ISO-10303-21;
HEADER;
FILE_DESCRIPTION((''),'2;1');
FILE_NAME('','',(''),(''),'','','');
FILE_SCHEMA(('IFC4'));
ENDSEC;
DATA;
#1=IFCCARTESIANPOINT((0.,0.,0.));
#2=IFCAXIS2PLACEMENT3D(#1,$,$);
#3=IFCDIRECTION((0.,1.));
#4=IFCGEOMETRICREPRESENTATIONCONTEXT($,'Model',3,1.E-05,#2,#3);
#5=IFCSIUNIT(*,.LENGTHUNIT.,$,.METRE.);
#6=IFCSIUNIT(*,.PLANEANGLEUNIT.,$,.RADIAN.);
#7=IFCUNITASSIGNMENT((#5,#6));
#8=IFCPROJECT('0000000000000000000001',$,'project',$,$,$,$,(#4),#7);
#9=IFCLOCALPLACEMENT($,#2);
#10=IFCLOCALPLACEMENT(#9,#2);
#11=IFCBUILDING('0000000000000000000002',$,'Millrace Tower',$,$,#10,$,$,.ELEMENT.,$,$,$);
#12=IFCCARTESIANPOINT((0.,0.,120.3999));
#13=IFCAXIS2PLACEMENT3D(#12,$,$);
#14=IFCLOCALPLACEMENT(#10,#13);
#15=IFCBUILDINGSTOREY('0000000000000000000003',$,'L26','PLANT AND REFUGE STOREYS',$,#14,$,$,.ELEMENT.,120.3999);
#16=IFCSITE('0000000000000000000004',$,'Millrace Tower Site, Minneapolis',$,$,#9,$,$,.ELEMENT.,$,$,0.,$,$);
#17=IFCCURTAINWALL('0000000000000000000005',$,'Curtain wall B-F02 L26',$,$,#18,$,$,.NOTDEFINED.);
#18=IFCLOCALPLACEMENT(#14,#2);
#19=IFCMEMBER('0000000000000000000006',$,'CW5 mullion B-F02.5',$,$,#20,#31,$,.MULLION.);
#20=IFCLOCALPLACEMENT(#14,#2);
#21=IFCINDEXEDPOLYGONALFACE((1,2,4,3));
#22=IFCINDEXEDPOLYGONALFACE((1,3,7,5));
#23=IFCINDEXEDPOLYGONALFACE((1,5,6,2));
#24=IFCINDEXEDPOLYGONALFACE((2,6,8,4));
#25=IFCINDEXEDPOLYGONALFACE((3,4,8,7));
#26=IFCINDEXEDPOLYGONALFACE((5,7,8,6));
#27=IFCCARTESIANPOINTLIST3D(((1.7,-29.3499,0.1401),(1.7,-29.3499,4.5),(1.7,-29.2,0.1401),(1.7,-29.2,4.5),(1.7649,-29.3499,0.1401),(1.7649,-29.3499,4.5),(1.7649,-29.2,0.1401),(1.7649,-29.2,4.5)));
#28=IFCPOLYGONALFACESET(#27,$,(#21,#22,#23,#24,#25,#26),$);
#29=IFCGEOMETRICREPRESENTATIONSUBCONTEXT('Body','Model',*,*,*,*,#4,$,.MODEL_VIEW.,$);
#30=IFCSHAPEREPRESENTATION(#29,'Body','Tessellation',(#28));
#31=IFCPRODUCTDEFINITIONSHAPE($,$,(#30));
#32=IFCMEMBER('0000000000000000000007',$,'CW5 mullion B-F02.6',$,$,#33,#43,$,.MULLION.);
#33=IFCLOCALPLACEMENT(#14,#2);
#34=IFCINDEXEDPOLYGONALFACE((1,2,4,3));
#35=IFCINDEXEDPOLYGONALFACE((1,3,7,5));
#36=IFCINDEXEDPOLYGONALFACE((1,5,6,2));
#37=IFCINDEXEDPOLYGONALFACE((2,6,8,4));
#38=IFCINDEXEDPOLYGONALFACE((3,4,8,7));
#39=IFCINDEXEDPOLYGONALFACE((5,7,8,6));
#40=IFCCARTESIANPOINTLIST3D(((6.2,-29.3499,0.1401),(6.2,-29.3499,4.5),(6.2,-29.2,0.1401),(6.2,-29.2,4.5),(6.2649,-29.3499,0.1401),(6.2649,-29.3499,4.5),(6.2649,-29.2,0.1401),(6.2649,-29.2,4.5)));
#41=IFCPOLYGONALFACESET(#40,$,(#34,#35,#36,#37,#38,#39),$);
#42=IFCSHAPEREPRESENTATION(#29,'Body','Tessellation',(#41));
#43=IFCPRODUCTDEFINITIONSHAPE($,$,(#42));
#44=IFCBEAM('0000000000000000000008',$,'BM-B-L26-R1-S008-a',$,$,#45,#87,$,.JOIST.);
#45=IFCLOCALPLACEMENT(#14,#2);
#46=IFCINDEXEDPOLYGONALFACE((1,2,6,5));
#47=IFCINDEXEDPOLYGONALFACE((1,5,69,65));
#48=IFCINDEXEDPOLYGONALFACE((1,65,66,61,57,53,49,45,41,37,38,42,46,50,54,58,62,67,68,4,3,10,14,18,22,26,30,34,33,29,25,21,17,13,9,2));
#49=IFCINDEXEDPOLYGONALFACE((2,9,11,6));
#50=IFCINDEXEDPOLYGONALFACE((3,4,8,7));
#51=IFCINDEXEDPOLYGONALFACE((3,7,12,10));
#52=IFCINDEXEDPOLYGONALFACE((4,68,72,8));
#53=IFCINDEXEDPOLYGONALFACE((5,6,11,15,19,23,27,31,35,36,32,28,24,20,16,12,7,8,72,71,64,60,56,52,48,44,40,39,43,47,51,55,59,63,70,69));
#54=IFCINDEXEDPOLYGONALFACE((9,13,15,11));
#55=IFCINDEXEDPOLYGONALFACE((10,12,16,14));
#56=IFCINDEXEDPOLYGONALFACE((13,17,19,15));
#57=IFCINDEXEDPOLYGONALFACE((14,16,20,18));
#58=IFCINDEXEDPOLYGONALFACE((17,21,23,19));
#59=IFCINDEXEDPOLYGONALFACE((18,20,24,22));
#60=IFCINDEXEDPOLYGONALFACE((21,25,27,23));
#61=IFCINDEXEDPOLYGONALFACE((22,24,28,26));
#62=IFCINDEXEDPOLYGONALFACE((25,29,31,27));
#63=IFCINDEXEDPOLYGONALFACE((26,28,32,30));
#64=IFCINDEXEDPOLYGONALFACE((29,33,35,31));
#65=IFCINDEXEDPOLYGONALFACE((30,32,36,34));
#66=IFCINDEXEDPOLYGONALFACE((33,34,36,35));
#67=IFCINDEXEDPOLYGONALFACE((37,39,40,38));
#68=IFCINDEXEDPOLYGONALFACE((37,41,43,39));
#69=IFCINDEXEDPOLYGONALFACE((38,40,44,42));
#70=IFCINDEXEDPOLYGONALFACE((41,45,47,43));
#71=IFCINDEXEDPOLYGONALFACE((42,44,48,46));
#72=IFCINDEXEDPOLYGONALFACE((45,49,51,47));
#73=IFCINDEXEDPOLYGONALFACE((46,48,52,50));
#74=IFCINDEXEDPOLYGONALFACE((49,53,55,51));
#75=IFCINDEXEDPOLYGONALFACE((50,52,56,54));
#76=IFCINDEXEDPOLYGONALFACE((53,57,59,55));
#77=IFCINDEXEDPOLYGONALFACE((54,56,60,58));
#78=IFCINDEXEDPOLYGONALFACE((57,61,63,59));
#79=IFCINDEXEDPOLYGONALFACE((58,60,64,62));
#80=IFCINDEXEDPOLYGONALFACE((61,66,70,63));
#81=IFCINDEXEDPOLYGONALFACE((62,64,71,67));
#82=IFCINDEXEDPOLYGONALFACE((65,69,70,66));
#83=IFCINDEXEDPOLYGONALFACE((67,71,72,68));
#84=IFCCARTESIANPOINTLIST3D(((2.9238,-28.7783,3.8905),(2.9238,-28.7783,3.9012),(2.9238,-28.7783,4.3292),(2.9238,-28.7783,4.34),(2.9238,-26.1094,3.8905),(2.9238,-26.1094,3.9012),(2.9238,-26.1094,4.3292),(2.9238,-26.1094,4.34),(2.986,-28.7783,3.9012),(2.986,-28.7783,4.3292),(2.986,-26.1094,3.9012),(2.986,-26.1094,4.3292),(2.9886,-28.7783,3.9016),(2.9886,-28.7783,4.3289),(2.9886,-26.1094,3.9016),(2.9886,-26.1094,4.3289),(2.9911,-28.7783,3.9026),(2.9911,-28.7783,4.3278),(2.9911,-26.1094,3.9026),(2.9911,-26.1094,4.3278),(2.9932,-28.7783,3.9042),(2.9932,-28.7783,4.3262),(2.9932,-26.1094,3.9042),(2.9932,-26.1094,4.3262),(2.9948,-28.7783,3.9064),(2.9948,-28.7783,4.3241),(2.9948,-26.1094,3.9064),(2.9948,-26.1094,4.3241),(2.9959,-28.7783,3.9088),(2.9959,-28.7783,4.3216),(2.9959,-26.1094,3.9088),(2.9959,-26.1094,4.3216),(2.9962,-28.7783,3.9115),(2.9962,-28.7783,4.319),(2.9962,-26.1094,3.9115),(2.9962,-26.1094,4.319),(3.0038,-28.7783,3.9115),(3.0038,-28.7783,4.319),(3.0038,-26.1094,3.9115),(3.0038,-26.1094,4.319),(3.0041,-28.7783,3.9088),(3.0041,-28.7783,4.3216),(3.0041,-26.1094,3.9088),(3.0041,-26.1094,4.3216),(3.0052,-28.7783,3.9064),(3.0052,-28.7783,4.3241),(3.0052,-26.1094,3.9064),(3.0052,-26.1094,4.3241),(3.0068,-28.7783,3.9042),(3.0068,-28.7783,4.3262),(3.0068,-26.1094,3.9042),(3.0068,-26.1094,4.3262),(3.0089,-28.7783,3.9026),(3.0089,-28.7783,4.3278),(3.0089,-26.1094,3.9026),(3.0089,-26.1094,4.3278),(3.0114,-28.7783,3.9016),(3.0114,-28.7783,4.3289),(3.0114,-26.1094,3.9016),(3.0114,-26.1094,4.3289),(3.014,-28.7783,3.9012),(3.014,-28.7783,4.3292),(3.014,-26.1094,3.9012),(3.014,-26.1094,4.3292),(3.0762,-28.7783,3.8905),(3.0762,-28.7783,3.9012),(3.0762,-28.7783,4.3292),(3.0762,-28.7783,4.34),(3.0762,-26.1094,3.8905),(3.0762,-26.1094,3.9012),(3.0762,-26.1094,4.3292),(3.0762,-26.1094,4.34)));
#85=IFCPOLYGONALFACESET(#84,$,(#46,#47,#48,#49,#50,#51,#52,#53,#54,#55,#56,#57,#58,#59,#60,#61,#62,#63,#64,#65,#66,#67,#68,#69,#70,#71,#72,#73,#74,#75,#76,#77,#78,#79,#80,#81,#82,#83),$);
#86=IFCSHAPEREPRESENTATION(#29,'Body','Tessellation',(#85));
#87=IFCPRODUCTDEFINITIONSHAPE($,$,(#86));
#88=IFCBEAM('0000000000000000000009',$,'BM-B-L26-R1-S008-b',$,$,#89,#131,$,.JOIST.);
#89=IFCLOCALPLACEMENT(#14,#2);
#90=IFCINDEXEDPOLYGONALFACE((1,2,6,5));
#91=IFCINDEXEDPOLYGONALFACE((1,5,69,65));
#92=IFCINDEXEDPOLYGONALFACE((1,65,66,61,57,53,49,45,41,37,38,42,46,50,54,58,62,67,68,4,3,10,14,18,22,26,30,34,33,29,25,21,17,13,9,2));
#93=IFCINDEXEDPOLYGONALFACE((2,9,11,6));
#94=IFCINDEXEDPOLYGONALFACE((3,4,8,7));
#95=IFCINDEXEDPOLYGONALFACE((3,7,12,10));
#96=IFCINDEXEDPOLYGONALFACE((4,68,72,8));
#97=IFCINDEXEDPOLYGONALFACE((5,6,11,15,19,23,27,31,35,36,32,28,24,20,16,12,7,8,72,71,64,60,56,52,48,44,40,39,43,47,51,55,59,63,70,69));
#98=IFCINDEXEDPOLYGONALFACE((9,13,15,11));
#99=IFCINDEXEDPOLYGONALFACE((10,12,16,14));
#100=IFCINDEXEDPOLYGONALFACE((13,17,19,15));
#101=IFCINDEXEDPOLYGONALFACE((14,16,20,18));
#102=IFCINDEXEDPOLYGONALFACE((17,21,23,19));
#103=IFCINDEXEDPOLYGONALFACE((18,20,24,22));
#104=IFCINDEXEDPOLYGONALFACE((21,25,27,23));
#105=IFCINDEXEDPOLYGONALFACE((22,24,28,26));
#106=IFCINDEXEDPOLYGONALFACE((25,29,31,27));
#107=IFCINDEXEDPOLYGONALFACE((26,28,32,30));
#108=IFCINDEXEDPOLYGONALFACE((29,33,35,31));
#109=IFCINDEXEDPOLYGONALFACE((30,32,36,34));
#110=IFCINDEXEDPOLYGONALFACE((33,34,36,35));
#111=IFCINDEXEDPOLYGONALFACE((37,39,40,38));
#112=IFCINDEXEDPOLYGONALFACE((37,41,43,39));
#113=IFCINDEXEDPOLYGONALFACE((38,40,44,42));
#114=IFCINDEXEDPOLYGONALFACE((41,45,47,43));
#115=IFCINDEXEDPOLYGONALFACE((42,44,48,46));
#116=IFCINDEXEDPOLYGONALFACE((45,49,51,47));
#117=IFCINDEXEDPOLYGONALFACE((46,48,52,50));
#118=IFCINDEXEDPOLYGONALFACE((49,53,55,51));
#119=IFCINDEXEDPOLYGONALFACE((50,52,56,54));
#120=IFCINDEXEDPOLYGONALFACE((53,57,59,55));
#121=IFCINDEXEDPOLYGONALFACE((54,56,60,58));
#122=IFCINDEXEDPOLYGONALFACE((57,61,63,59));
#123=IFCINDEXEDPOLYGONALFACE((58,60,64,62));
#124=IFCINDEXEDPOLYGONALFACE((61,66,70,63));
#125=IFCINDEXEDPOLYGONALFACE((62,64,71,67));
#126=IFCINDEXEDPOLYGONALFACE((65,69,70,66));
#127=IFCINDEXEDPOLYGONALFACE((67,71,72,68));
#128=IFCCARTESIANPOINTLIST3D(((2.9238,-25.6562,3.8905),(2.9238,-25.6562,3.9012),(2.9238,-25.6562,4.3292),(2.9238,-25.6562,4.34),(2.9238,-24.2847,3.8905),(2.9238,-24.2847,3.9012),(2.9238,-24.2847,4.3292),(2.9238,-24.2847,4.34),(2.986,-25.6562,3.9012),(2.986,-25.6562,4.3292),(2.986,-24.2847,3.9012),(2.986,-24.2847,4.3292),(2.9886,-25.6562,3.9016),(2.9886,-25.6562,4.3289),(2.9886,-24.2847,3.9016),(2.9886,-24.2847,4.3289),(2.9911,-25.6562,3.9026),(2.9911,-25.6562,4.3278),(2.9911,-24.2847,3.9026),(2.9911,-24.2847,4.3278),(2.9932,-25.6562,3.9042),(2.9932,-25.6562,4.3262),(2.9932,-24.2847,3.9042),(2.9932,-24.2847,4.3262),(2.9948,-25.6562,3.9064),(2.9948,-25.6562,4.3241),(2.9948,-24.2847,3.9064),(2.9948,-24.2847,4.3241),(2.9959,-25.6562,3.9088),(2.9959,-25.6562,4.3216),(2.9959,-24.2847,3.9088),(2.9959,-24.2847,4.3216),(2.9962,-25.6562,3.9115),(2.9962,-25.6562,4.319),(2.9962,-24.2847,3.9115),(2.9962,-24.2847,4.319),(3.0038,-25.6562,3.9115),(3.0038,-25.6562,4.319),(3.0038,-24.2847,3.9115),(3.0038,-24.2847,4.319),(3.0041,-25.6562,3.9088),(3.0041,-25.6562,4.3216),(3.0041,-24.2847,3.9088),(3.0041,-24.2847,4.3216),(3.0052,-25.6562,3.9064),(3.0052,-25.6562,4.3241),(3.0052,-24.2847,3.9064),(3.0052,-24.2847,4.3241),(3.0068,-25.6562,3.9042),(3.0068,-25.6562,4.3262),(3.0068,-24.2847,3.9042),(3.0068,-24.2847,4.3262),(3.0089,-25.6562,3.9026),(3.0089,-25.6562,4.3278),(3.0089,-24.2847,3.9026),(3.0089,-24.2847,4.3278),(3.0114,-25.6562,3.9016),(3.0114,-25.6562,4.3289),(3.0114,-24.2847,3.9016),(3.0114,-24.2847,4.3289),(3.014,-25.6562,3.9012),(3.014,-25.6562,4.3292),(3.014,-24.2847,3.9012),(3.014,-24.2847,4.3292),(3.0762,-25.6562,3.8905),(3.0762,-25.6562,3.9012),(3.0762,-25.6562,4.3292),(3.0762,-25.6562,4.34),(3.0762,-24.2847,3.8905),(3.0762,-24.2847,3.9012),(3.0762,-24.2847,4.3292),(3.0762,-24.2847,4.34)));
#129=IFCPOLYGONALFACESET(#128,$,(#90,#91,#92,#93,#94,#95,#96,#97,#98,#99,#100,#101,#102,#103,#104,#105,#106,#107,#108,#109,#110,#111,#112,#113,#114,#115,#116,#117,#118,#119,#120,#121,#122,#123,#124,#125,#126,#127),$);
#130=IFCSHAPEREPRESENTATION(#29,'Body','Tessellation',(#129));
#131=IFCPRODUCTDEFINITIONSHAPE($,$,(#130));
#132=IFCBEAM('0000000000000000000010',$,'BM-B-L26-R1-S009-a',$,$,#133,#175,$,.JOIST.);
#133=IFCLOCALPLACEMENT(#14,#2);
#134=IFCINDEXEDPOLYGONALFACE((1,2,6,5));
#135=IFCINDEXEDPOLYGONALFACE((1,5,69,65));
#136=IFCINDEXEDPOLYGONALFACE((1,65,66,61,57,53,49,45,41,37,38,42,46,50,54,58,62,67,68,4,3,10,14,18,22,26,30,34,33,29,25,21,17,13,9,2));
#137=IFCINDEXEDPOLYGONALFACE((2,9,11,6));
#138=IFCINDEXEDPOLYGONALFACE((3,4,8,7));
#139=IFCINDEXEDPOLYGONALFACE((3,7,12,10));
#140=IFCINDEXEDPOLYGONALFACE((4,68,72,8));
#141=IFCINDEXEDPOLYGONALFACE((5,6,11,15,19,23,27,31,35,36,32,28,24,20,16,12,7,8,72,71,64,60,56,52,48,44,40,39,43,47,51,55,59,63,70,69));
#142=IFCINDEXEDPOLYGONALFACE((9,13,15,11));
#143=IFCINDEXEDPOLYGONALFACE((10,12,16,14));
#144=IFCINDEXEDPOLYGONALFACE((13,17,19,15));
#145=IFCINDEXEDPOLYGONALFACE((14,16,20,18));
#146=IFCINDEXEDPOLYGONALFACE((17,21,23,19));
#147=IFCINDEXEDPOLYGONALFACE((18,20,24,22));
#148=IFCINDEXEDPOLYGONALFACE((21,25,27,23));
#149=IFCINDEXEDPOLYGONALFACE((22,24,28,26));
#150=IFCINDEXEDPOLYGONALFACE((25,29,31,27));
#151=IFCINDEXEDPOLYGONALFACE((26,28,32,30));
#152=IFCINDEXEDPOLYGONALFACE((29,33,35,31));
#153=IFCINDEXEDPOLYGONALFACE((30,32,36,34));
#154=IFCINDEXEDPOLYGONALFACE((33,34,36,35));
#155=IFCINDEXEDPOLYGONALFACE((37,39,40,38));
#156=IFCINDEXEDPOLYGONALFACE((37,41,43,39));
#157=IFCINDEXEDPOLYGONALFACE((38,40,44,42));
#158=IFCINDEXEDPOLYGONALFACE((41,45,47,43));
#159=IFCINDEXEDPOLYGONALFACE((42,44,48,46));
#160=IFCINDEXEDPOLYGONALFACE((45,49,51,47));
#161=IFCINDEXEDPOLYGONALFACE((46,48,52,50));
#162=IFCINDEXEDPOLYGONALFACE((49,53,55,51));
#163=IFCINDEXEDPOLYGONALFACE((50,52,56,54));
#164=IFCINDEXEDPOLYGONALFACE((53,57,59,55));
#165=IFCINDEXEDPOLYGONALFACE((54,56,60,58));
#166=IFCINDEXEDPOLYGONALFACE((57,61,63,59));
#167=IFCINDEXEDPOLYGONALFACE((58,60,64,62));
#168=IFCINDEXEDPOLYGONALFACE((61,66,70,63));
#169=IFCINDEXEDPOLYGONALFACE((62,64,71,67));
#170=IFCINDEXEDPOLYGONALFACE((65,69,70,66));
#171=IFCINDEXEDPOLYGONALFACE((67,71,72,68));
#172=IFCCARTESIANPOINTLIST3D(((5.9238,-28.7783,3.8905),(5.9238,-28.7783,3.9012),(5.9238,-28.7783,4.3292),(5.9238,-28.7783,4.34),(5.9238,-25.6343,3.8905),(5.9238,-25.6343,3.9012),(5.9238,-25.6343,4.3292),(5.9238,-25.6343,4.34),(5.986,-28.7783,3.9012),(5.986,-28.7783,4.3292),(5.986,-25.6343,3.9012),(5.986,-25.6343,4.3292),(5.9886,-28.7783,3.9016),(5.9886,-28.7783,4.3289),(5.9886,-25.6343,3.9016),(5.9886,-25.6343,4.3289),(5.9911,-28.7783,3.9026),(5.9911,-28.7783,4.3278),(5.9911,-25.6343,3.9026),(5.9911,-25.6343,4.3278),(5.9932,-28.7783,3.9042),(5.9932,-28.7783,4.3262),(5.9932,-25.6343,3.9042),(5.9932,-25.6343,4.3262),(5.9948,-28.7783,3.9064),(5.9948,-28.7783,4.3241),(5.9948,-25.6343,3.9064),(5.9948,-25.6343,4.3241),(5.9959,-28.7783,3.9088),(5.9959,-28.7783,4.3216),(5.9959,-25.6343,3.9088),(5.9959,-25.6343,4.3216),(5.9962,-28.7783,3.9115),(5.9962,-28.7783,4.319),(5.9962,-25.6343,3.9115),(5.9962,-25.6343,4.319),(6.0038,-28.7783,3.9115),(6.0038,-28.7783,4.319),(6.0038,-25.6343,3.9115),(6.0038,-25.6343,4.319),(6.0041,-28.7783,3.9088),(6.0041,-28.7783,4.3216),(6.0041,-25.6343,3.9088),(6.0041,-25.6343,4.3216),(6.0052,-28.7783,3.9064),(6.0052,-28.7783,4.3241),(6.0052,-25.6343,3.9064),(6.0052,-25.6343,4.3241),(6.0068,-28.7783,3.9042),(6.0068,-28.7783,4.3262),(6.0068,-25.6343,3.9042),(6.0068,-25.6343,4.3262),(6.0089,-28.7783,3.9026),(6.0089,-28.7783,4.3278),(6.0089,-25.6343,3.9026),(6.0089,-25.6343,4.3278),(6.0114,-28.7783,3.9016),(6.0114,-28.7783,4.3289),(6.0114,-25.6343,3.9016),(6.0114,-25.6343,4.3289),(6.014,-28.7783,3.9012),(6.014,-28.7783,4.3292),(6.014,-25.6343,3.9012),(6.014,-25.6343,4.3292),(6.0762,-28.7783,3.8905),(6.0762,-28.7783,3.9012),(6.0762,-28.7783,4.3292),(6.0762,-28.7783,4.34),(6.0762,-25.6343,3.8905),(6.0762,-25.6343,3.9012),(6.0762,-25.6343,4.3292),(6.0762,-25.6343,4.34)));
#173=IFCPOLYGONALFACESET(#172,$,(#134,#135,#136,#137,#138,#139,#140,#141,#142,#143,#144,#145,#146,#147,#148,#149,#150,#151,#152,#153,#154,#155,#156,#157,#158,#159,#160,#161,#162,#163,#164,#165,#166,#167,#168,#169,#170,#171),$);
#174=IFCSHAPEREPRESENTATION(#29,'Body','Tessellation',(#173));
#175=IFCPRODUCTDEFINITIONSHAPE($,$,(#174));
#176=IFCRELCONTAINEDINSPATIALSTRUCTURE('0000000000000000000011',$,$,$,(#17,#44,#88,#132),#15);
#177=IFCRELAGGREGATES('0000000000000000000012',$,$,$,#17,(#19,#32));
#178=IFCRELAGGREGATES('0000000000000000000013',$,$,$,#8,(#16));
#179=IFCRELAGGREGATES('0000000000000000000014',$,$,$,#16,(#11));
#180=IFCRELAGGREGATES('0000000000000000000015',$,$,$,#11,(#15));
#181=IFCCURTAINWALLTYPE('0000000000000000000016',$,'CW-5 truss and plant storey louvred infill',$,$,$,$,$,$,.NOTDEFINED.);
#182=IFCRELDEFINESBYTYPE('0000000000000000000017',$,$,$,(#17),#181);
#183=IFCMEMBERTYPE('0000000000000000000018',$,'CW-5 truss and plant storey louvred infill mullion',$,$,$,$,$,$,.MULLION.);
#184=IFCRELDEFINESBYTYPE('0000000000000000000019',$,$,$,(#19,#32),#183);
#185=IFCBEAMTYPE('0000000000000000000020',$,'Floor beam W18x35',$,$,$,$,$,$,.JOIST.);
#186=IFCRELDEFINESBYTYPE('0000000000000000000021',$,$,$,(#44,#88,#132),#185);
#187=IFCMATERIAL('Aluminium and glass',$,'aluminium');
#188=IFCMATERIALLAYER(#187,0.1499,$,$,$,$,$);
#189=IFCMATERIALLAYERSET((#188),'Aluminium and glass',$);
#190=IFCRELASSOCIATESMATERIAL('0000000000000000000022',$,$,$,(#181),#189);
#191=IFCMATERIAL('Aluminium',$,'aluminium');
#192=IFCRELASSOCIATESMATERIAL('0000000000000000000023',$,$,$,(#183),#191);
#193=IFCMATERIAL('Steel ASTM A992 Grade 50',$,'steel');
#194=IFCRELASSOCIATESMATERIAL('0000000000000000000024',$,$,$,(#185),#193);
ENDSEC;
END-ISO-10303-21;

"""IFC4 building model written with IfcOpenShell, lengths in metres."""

from ifc_helpers import new_model, si_unit, direction, frame, origin, origin_2d, place, context, subcontext, project, spatial, rectangle, i_section, extrude, material, layer, layer_set, material_profile, profile_set, type_object, element, aggregate, save


model = new_model("IFC4")

# Units and contexts
model_context = context("Model", 3, precision=1e-05, world=origin(), true_north=direction((0.0, 1.0)))
body_context = subcontext(model_context, "Body", "Model", "MODEL_VIEW")
ifc_project = project(units=[si_unit("LENGTHUNIT", "METRE"), si_unit("PLANEANGLEUNIT", "RADIAN")], contexts=[model_context])

# Site, building, storey
site_placement = place(None, origin())
site = spatial("IfcSite", under=ifc_project, at=site_placement, Name="Millrace Tower Site, Minneapolis", CompositionType="ELEMENT", RefElevation=0.0)
building_placement = place(site_placement, origin())
building = spatial("IfcBuilding", under=site, at=building_placement, Name="Millrace Tower", CompositionType="ELEMENT")
storey_placement = place(building_placement, frame((0.0, 0.0, 120.3999)))
storey = spatial("IfcBuildingStorey", under=building, at=storey_placement, Name="L26", Description="PLANT AND REFUGE STOREYS", CompositionType="ELEMENT", Elevation=120.3999)

# Curtain wall, members
ifc_material_1 = material(Name="Aluminium and glass", Category="aluminium")
ifc_layer_1 = layer(ifc_material_1, 0.1499)
ifc_layer_set_1 = layer_set([ifc_layer_1], Name="Aluminium and glass")
curtain_wall_type = type_object("IfcCurtainWallType", Name="CW-5 truss and plant storey louvred infill", PredefinedType="NOTDEFINED", material=ifc_layer_set_1)
curtain_wall_placement = place(storey_placement, origin())
curtain_wall = element("IfcCurtainWall", 1, at=curtain_wall_placement, inside=storey, type_object=curtain_wall_type, Name="Curtain wall B-F02 L26", PredefinedType="NOTDEFINED")
ifc_material_2 = material(Name="Aluminium", Category="aluminium")
ifc_material_profile_1 = material_profile(ifc_material_2, rectangle(XDim=0.0649, YDim=0.1499, at=origin_2d()))
ifc_profile_set_1 = profile_set([ifc_material_profile_1], Name="Aluminium")
member_type_1 = type_object("IfcMemberType", Name="CW-5 truss and plant storey louvred infill mullion", PredefinedType="MULLION", material=ifc_profile_set_1)
member_1_placement = place(storey_placement, frame((1.7324, -29.2749, 0.1401), z_axis=(0.0, 0.0, 1.0), x_axis=(1.0, 0.0, 0.0)))
member_1 = element("IfcMember", 2, at=member_1_placement, type_object=member_type_1, Name="CW5 mullion B-F02.5", PredefinedType="MULLION", context=body_context, shape_type="SweptSolid", body=[
    extrude(rectangle(XDim=0.0649, YDim=0.1499, at=origin_2d()), origin(), (0.0, 0.0, 1.0), 4.3599),
])
member_2_placement = place(storey_placement, frame((6.2324, -29.2749, 0.1401), z_axis=(0.0, 0.0, 1.0), x_axis=(1.0, 0.0, 0.0)))
member_2 = element("IfcMember", 3, at=member_2_placement, type_object=member_type_1, Name="CW5 mullion B-F02.6", PredefinedType="MULLION", context=body_context, shape_type="SweptSolid", body=[
    extrude(rectangle(XDim=0.0649, YDim=0.1499, at=origin_2d()), origin(), (0.0, 0.0, 1.0), 4.3599),
])
aggregate(curtain_wall, [member_1, member_2])

# Beams
ifc_material_3 = material(Name="Steel ASTM A992 Grade 50", Category="steel")
ifc_material_profile_2 = material_profile(ifc_material_3, i_section(OverallWidth=0.1523, OverallDepth=0.4495, WebThickness=0.0076, FlangeThickness=0.0107, FilletRadius=0.0103, at=origin_2d()))
ifc_profile_set_2 = profile_set([ifc_material_profile_2], Name="Steel ASTM A992 Grade 50")
beam_type_1 = type_object("IfcBeamType", Name="Floor beam W18x35", PredefinedType="JOIST", material=ifc_profile_set_2)
beam_1_placement = place(storey_placement, frame((3.0, -28.7783, 4.1152), z_axis=(0.0, 1.0, 0.0), x_axis=(-1.0, 0.0, 0.0)))
element("IfcBeam", 4, at=beam_1_placement, inside=storey, type_object=beam_type_1, Name="BM-B-L26-R1-S008-a", PredefinedType="JOIST", context=body_context, shape_type="SweptSolid", body=[
    extrude(i_section(OverallWidth=0.1523, OverallDepth=0.4495, WebThickness=0.0076, FlangeThickness=0.0107, FilletRadius=0.0103, at=origin_2d()), origin(), (0.0, 0.0, 1.0), 2.6689),
])
beam_2_placement = place(storey_placement, frame((3.0, -25.6562, 4.1152), z_axis=(0.0, 1.0, 0.0), x_axis=(-1.0, 0.0, 0.0)))
element("IfcBeam", 5, at=beam_2_placement, inside=storey, type_object=beam_type_1, Name="BM-B-L26-R1-S008-b", PredefinedType="JOIST", context=body_context, shape_type="SweptSolid", body=[
    extrude(i_section(OverallWidth=0.1523, OverallDepth=0.4495, WebThickness=0.0076, FlangeThickness=0.0107, FilletRadius=0.0103, at=origin_2d()), origin(), (0.0, 0.0, 1.0), 1.3716),
])
beam_3_placement = place(storey_placement, frame((6.0, -28.7783, 4.1152), z_axis=(0.0, 1.0, 0.0), x_axis=(-1.0, 0.0, 0.0)))
element("IfcBeam", 6, at=beam_3_placement, inside=storey, type_object=beam_type_1, Name="BM-B-L26-R1-S009-a", PredefinedType="JOIST", context=body_context, shape_type="SweptSolid", body=[
    extrude(i_section(OverallWidth=0.1523, OverallDepth=0.4495, WebThickness=0.0076, FlangeThickness=0.0107, FilletRadius=0.0103, at=origin_2d()), origin(), (0.0, 0.0, 1.0), 3.144),
])

save(model, "model.ifc")
